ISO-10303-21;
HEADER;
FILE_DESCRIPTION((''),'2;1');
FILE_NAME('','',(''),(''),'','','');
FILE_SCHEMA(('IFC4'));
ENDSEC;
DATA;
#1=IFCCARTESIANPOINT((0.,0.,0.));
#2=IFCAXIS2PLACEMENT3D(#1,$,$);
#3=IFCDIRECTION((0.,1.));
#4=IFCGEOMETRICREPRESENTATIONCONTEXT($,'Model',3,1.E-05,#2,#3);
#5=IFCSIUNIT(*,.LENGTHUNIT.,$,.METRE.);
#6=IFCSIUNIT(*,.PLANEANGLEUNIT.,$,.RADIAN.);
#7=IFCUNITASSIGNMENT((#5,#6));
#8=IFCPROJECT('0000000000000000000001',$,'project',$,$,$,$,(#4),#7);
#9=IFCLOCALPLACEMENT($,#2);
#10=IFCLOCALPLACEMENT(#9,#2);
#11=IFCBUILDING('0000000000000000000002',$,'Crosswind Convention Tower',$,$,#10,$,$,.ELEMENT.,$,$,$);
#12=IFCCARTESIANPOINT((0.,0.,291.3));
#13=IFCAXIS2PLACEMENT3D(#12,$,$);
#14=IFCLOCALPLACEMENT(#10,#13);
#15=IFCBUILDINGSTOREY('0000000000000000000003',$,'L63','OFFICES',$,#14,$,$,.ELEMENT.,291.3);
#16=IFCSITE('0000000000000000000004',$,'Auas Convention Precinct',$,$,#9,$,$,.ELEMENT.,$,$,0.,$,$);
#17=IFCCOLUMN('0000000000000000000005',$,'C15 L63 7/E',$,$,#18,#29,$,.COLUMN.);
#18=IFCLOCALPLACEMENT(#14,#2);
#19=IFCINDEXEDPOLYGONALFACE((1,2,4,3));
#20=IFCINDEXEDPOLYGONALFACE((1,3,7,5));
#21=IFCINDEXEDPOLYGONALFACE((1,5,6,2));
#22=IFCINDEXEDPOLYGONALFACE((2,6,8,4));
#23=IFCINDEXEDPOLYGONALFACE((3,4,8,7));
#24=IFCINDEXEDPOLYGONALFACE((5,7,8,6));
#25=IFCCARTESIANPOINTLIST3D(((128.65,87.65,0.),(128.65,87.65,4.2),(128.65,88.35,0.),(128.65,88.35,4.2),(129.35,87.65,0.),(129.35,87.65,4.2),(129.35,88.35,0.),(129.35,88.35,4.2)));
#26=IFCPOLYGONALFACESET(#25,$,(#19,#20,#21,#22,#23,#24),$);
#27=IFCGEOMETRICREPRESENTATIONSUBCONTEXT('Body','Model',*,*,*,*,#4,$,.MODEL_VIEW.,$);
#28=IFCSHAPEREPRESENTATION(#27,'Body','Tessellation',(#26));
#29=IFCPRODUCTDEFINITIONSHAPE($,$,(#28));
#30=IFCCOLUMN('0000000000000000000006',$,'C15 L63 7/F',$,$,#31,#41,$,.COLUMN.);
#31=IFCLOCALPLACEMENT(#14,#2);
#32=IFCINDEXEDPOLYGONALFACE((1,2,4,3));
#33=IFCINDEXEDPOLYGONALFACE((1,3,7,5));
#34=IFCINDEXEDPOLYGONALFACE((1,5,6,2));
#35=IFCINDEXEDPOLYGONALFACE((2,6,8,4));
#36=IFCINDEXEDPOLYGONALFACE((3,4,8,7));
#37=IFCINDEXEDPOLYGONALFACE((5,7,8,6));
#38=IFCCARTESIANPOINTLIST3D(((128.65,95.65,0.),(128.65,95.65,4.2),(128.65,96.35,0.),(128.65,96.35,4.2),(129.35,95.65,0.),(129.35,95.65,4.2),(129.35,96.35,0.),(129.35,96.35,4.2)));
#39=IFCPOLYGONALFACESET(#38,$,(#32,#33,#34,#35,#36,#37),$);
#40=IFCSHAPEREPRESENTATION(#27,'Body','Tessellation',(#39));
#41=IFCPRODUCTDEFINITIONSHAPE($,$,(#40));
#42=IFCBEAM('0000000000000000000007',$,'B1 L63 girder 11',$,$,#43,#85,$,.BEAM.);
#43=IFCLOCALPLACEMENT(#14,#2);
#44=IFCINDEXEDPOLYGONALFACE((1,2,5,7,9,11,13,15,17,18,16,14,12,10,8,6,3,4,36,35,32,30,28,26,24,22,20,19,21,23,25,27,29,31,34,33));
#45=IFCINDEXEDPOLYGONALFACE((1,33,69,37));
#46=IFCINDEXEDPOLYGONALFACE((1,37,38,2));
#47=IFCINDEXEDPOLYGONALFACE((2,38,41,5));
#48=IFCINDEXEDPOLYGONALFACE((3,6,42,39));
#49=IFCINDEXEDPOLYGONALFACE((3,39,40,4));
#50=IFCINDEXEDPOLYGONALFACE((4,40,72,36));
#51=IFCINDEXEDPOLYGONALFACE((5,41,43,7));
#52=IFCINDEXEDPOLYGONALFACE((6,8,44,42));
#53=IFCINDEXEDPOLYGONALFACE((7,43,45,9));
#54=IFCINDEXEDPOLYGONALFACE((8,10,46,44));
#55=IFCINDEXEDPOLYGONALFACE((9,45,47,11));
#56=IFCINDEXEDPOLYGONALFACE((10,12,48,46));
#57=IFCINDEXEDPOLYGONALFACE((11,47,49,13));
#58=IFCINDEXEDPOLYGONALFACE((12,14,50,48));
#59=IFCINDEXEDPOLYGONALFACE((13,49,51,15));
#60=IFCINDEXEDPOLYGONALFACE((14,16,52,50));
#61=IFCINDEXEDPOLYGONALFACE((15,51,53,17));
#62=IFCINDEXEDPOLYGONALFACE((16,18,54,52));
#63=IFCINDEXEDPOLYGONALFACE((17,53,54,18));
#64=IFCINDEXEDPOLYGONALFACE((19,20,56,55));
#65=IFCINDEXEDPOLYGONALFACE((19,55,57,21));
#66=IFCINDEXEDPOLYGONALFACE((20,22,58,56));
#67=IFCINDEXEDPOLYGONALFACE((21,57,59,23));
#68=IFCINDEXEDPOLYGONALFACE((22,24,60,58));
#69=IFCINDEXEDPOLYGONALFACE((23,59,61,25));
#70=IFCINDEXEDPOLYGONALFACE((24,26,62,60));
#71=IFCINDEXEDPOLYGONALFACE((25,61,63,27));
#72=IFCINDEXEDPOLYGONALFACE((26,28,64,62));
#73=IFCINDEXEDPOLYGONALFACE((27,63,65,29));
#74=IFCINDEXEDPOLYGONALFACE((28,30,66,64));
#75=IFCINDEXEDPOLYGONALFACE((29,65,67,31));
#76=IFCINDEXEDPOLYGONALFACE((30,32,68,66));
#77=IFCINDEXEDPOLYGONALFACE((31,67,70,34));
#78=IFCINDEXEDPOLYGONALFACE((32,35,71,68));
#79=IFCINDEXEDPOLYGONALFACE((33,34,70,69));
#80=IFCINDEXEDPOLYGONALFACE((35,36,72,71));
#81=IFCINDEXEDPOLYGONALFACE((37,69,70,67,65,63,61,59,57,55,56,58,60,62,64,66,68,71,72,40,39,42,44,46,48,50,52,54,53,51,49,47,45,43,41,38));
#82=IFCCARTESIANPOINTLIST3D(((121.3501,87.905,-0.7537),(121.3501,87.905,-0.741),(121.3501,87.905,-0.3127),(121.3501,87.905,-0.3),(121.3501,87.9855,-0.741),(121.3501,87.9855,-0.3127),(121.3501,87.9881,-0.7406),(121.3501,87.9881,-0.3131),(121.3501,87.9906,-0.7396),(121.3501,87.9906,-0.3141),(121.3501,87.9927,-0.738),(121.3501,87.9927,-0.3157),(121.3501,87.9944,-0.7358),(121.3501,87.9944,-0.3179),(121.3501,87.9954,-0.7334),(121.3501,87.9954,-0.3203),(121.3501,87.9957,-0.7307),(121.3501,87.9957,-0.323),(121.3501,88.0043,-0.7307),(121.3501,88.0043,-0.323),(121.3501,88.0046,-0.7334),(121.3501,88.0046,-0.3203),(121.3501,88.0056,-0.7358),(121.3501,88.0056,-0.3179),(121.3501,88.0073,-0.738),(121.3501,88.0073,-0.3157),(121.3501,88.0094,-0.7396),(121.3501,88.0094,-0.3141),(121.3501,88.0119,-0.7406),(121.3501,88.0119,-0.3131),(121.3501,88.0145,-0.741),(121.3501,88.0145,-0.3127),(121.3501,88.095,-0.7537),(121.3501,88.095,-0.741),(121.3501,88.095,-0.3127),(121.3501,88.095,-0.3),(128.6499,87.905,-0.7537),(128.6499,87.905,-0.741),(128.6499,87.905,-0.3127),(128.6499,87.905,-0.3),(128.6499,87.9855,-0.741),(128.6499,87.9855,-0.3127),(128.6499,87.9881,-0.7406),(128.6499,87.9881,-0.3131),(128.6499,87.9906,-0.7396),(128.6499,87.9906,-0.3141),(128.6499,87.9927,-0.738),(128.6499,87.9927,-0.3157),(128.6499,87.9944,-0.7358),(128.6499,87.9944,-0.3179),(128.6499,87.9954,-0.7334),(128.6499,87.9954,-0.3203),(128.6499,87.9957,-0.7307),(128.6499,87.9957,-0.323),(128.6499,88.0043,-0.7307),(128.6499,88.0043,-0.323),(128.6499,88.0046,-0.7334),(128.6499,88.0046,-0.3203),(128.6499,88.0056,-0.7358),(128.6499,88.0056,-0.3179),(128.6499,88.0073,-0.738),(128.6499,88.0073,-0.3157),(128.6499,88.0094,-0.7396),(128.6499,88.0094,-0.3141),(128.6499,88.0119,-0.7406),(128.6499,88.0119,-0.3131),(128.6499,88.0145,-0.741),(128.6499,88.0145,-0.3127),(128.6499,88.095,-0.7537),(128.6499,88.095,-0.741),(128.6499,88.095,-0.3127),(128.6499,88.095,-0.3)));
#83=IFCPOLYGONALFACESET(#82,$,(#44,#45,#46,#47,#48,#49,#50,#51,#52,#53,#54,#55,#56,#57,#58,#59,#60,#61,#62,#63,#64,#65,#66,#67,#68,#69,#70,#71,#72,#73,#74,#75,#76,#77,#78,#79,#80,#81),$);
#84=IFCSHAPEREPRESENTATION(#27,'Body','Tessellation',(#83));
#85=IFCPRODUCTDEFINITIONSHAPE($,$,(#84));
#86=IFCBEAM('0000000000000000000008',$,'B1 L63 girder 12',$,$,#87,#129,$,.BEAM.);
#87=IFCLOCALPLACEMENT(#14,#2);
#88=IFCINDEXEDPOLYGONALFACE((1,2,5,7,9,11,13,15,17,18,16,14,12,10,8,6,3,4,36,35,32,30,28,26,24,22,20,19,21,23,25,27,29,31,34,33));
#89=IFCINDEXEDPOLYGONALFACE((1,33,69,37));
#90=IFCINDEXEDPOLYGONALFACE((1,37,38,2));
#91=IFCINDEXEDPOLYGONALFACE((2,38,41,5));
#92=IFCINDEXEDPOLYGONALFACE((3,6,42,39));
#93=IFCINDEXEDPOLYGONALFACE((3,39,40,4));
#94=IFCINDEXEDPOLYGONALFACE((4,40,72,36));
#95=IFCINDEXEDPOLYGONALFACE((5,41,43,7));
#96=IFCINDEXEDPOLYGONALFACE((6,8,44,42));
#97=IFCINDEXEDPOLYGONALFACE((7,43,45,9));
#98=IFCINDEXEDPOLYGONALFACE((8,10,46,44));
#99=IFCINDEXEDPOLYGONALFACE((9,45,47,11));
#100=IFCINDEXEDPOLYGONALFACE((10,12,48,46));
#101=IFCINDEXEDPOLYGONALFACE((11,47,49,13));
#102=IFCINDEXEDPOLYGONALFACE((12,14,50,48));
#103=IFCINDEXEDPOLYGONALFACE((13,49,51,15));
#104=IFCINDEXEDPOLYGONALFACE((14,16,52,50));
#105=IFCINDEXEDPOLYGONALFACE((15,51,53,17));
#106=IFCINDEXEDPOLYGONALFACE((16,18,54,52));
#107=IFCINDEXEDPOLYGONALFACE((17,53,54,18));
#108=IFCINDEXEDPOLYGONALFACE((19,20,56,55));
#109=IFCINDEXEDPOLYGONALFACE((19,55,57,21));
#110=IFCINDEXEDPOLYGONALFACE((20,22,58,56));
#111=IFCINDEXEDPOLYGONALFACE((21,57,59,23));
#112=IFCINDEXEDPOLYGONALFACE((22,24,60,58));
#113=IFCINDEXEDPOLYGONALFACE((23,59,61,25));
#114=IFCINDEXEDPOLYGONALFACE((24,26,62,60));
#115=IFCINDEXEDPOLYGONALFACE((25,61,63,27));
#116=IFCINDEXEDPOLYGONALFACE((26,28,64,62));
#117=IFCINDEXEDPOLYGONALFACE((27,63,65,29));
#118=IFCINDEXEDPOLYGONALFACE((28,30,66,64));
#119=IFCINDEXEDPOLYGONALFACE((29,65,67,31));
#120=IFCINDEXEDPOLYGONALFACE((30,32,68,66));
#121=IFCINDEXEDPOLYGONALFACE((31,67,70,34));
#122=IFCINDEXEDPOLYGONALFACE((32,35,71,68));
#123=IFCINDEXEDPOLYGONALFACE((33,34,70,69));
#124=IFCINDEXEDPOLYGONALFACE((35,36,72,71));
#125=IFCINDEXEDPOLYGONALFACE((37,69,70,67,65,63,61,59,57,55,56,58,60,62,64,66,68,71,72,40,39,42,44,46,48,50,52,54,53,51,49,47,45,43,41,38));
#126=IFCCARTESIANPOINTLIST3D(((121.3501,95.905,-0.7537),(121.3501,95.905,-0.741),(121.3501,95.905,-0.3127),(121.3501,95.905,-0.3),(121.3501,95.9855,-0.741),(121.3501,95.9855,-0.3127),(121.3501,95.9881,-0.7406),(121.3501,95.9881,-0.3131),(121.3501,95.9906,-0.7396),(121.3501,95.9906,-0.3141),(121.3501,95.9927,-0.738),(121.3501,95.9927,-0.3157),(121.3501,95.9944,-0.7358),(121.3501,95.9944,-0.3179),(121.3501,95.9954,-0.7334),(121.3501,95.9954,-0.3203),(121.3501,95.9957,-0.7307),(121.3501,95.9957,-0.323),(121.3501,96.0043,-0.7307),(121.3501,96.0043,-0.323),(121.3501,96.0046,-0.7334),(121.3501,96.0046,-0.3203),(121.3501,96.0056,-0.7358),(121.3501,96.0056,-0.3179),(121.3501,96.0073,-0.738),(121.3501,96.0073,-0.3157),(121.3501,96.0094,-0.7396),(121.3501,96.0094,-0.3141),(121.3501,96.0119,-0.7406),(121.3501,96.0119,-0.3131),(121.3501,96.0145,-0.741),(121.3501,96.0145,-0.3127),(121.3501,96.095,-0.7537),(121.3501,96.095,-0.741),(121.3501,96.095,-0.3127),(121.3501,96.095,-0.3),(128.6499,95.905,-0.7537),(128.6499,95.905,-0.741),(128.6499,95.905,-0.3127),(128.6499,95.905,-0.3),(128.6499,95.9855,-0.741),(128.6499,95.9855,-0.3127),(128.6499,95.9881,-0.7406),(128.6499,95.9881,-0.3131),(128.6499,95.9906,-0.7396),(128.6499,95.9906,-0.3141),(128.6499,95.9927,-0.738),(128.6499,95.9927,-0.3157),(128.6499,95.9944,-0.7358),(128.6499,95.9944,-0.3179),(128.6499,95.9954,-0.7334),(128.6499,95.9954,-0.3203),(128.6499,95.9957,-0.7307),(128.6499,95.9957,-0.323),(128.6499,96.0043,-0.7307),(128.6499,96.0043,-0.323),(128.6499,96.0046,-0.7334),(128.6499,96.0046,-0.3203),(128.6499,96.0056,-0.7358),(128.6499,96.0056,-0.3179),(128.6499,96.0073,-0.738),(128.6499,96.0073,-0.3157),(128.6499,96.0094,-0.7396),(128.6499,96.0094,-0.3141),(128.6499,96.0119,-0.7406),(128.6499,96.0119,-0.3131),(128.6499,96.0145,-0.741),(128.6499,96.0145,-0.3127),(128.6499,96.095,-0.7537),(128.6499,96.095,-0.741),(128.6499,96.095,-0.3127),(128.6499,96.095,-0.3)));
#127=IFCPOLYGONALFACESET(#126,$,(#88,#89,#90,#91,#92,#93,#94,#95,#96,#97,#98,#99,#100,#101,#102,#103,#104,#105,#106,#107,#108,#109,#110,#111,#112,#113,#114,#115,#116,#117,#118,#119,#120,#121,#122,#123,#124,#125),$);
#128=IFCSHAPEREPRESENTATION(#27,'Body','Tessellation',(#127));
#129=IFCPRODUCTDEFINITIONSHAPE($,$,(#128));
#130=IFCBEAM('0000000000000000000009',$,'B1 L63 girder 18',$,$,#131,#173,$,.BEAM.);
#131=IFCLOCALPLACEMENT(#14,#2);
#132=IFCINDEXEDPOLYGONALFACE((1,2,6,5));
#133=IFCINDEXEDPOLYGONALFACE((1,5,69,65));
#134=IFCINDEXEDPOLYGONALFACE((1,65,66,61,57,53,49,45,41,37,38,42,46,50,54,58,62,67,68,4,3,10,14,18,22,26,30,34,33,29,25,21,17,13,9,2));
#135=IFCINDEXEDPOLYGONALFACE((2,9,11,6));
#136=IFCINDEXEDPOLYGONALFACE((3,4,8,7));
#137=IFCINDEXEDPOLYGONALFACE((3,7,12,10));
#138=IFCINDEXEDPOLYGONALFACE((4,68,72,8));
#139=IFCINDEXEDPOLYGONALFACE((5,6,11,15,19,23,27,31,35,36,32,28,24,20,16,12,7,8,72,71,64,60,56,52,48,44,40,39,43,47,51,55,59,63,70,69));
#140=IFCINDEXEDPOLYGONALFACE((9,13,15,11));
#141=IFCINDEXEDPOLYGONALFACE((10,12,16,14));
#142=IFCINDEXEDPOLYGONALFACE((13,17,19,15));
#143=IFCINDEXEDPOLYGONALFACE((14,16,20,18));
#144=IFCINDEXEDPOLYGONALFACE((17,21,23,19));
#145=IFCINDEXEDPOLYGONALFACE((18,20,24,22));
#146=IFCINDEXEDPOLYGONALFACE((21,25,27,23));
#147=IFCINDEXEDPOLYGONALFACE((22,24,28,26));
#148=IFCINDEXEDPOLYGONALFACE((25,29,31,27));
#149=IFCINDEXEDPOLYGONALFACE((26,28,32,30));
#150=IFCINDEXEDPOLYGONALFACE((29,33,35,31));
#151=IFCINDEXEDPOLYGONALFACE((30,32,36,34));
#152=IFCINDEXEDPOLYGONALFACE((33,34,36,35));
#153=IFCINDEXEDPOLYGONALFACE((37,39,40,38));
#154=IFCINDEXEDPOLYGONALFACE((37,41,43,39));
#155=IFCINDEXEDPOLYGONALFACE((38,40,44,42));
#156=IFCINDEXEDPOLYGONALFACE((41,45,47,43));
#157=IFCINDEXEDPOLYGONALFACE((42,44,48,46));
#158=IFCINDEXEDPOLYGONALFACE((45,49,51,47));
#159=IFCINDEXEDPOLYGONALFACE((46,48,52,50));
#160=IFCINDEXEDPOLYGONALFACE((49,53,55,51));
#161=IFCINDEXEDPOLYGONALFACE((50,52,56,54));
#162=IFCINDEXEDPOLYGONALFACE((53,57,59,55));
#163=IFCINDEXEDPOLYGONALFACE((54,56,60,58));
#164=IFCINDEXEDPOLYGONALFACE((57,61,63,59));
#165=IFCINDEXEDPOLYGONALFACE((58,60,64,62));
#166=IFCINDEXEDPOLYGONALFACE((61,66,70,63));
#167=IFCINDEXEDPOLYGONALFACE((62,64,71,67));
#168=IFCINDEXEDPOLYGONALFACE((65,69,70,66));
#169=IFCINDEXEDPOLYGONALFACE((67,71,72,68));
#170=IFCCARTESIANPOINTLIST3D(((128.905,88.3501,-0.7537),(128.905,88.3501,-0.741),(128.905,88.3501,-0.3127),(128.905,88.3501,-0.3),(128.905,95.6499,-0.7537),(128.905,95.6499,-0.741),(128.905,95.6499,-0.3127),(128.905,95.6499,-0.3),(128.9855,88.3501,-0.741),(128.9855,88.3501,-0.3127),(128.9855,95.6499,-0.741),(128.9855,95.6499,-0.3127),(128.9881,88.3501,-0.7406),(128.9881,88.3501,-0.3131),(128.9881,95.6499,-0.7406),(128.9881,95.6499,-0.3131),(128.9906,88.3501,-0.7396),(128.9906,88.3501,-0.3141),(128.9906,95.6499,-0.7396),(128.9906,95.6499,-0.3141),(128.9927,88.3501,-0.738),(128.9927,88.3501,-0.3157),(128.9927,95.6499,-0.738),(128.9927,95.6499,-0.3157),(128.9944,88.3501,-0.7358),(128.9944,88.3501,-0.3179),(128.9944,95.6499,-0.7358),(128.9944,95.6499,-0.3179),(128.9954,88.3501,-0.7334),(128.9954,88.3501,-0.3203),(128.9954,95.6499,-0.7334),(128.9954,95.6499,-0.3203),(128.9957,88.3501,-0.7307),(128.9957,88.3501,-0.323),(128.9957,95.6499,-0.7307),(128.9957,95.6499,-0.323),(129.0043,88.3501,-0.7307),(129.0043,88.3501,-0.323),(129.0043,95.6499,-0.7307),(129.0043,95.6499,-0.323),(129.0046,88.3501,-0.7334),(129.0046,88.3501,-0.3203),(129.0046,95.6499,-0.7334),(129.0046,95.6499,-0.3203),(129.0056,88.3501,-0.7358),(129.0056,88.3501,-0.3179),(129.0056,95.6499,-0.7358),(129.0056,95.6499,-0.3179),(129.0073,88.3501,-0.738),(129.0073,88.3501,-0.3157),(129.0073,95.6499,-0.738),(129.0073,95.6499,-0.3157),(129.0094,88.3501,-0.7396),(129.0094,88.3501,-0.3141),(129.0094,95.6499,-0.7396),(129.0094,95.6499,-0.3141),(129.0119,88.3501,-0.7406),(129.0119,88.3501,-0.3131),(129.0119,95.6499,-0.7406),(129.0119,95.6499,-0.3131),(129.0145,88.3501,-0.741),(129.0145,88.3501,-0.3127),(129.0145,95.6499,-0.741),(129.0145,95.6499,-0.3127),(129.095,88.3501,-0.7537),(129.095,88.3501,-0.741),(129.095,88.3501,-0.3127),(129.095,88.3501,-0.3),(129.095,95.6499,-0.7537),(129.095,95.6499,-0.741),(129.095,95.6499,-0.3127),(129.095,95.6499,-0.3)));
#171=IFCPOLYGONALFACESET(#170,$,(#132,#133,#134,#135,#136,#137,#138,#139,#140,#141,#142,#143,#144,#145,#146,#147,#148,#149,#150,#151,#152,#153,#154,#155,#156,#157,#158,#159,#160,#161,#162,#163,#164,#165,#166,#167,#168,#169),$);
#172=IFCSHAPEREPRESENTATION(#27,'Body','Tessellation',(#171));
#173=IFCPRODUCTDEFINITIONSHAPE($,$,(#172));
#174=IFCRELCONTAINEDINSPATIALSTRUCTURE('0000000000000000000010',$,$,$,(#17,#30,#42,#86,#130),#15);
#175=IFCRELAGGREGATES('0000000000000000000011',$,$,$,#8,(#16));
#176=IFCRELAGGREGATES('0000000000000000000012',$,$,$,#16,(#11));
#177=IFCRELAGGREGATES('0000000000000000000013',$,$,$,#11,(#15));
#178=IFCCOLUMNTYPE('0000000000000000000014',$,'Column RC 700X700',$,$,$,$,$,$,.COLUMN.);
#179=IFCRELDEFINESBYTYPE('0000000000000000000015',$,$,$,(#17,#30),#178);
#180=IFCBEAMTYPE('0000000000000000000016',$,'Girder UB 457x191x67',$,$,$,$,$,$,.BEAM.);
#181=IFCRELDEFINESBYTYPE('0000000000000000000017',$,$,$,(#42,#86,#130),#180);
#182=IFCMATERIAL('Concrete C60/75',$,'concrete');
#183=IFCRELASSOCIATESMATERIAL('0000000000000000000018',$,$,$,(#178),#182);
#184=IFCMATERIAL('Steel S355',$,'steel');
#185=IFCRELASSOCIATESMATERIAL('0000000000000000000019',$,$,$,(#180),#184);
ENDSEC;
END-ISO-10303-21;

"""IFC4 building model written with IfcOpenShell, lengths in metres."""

from ifc_helpers import new_model, si_unit, direction, frame, origin, origin_2d, place, context, subcontext, project, spatial, rectangle, i_section, extrude, material, material_profile, profile_set, type_object, element, save


model = new_model("IFC4")

# Units and contexts
model_context = context("Model", 3, precision=1e-05, world=origin(), true_north=direction((0.0, 1.0)))
body_context = subcontext(model_context, "Body", "Model", "MODEL_VIEW")
ifc_project = project(units=[si_unit("LENGTHUNIT", "METRE"), si_unit("PLANEANGLEUNIT", "RADIAN")], contexts=[model_context])

# Site, building, storey
site_placement = place(None, origin())
site = spatial("IfcSite", under=ifc_project, at=site_placement, Name="Auas Convention Precinct", CompositionType="ELEMENT", RefElevation=0.0)
building_placement = place(site_placement, origin())
building = spatial("IfcBuilding", under=site, at=building_placement, Name="Crosswind Convention Tower", CompositionType="ELEMENT")
storey_placement = place(building_placement, frame((0.0, 0.0, 291.3)))
storey = spatial("IfcBuildingStorey", under=building, at=storey_placement, Name="L63", Description="OFFICES", CompositionType="ELEMENT", Elevation=291.3)

# Columns
ifc_material_1 = material(Name="Concrete C60/75", Category="concrete")
ifc_material_profile_1 = material_profile(ifc_material_1, rectangle(XDim=0.7, YDim=0.7, at=origin_2d()), Name="RC 700X700")
ifc_profile_set_1 = profile_set([ifc_material_profile_1], Name="Concrete C60/75")
column_type = type_object("IfcColumnType", Name="Column RC 700X700", PredefinedType="COLUMN", material=ifc_profile_set_1)
for number, where, z_axis, x_axis, name in (
    (1, (129.0, 88.0, 0.0), (0.0, 0.0, 1.0), (1.0, 0.0, 0.0), "C15 L63 7/E"),
    (2, (129.0, 96.0, 0.0), (0.0, 0.0, 1.0), (1.0, 0.0, 0.0), "C15 L63 7/F"),
):
    element("IfcColumn", number, at=place(storey_placement, frame(where, z_axis=z_axis, x_axis=x_axis)), inside=storey, type_object=column_type, Name=name, PredefinedType="COLUMN", context=body_context, shape_type="SweptSolid", body=[
        extrude(rectangle(XDim=0.7, YDim=0.7, at=origin_2d()), origin(), (0.0, 0.0, 1.0), 4.2),
    ])

# Beams
ifc_material_2 = material(Name="Steel S355", Category="steel")
ifc_material_profile_2 = material_profile(ifc_material_2, i_section(OverallWidth=0.1899, OverallDepth=0.4536, WebThickness=0.0085, FlangeThickness=0.0127, FilletRadius=0.0103, at=origin_2d()), Name="UB 457x191x67")
ifc_profile_set_2 = profile_set([ifc_material_profile_2], Name="Steel S355")
beam_type_1 = type_object("IfcBeamType", Name="Girder UB 457x191x67", PredefinedType="BEAM", material=ifc_profile_set_2)
for number, where, z_axis, x_axis, name in (
    (3, (121.3501, 88.0, -0.5269), (1.0, 0.0, 0.0), (0.0, 1.0, 0.0), "B1 L63 girder 11"),
    (4, (121.3501, 96.0, -0.5269), (1.0, 0.0, 0.0), (0.0, 1.0, 0.0), "B1 L63 girder 12"),
    (5, (129.0, 88.3501, -0.5269), (0.0, 1.0, 0.0), (-1.0, 0.0, 0.0), "B1 L63 girder 18"),
):
    element("IfcBeam", number, at=place(storey_placement, frame(where, z_axis=z_axis, x_axis=x_axis)), inside=storey, type_object=beam_type_1, Name=name, PredefinedType="BEAM", context=body_context, shape_type="SweptSolid", body=[
        extrude(i_section(OverallWidth=0.1899, OverallDepth=0.4536, WebThickness=0.0085, FlangeThickness=0.0127, FilletRadius=0.0103, at=origin_2d()), origin(), (0.0, 0.0, 1.0), 7.2998),
    ])

save(model, "model.ifc")
